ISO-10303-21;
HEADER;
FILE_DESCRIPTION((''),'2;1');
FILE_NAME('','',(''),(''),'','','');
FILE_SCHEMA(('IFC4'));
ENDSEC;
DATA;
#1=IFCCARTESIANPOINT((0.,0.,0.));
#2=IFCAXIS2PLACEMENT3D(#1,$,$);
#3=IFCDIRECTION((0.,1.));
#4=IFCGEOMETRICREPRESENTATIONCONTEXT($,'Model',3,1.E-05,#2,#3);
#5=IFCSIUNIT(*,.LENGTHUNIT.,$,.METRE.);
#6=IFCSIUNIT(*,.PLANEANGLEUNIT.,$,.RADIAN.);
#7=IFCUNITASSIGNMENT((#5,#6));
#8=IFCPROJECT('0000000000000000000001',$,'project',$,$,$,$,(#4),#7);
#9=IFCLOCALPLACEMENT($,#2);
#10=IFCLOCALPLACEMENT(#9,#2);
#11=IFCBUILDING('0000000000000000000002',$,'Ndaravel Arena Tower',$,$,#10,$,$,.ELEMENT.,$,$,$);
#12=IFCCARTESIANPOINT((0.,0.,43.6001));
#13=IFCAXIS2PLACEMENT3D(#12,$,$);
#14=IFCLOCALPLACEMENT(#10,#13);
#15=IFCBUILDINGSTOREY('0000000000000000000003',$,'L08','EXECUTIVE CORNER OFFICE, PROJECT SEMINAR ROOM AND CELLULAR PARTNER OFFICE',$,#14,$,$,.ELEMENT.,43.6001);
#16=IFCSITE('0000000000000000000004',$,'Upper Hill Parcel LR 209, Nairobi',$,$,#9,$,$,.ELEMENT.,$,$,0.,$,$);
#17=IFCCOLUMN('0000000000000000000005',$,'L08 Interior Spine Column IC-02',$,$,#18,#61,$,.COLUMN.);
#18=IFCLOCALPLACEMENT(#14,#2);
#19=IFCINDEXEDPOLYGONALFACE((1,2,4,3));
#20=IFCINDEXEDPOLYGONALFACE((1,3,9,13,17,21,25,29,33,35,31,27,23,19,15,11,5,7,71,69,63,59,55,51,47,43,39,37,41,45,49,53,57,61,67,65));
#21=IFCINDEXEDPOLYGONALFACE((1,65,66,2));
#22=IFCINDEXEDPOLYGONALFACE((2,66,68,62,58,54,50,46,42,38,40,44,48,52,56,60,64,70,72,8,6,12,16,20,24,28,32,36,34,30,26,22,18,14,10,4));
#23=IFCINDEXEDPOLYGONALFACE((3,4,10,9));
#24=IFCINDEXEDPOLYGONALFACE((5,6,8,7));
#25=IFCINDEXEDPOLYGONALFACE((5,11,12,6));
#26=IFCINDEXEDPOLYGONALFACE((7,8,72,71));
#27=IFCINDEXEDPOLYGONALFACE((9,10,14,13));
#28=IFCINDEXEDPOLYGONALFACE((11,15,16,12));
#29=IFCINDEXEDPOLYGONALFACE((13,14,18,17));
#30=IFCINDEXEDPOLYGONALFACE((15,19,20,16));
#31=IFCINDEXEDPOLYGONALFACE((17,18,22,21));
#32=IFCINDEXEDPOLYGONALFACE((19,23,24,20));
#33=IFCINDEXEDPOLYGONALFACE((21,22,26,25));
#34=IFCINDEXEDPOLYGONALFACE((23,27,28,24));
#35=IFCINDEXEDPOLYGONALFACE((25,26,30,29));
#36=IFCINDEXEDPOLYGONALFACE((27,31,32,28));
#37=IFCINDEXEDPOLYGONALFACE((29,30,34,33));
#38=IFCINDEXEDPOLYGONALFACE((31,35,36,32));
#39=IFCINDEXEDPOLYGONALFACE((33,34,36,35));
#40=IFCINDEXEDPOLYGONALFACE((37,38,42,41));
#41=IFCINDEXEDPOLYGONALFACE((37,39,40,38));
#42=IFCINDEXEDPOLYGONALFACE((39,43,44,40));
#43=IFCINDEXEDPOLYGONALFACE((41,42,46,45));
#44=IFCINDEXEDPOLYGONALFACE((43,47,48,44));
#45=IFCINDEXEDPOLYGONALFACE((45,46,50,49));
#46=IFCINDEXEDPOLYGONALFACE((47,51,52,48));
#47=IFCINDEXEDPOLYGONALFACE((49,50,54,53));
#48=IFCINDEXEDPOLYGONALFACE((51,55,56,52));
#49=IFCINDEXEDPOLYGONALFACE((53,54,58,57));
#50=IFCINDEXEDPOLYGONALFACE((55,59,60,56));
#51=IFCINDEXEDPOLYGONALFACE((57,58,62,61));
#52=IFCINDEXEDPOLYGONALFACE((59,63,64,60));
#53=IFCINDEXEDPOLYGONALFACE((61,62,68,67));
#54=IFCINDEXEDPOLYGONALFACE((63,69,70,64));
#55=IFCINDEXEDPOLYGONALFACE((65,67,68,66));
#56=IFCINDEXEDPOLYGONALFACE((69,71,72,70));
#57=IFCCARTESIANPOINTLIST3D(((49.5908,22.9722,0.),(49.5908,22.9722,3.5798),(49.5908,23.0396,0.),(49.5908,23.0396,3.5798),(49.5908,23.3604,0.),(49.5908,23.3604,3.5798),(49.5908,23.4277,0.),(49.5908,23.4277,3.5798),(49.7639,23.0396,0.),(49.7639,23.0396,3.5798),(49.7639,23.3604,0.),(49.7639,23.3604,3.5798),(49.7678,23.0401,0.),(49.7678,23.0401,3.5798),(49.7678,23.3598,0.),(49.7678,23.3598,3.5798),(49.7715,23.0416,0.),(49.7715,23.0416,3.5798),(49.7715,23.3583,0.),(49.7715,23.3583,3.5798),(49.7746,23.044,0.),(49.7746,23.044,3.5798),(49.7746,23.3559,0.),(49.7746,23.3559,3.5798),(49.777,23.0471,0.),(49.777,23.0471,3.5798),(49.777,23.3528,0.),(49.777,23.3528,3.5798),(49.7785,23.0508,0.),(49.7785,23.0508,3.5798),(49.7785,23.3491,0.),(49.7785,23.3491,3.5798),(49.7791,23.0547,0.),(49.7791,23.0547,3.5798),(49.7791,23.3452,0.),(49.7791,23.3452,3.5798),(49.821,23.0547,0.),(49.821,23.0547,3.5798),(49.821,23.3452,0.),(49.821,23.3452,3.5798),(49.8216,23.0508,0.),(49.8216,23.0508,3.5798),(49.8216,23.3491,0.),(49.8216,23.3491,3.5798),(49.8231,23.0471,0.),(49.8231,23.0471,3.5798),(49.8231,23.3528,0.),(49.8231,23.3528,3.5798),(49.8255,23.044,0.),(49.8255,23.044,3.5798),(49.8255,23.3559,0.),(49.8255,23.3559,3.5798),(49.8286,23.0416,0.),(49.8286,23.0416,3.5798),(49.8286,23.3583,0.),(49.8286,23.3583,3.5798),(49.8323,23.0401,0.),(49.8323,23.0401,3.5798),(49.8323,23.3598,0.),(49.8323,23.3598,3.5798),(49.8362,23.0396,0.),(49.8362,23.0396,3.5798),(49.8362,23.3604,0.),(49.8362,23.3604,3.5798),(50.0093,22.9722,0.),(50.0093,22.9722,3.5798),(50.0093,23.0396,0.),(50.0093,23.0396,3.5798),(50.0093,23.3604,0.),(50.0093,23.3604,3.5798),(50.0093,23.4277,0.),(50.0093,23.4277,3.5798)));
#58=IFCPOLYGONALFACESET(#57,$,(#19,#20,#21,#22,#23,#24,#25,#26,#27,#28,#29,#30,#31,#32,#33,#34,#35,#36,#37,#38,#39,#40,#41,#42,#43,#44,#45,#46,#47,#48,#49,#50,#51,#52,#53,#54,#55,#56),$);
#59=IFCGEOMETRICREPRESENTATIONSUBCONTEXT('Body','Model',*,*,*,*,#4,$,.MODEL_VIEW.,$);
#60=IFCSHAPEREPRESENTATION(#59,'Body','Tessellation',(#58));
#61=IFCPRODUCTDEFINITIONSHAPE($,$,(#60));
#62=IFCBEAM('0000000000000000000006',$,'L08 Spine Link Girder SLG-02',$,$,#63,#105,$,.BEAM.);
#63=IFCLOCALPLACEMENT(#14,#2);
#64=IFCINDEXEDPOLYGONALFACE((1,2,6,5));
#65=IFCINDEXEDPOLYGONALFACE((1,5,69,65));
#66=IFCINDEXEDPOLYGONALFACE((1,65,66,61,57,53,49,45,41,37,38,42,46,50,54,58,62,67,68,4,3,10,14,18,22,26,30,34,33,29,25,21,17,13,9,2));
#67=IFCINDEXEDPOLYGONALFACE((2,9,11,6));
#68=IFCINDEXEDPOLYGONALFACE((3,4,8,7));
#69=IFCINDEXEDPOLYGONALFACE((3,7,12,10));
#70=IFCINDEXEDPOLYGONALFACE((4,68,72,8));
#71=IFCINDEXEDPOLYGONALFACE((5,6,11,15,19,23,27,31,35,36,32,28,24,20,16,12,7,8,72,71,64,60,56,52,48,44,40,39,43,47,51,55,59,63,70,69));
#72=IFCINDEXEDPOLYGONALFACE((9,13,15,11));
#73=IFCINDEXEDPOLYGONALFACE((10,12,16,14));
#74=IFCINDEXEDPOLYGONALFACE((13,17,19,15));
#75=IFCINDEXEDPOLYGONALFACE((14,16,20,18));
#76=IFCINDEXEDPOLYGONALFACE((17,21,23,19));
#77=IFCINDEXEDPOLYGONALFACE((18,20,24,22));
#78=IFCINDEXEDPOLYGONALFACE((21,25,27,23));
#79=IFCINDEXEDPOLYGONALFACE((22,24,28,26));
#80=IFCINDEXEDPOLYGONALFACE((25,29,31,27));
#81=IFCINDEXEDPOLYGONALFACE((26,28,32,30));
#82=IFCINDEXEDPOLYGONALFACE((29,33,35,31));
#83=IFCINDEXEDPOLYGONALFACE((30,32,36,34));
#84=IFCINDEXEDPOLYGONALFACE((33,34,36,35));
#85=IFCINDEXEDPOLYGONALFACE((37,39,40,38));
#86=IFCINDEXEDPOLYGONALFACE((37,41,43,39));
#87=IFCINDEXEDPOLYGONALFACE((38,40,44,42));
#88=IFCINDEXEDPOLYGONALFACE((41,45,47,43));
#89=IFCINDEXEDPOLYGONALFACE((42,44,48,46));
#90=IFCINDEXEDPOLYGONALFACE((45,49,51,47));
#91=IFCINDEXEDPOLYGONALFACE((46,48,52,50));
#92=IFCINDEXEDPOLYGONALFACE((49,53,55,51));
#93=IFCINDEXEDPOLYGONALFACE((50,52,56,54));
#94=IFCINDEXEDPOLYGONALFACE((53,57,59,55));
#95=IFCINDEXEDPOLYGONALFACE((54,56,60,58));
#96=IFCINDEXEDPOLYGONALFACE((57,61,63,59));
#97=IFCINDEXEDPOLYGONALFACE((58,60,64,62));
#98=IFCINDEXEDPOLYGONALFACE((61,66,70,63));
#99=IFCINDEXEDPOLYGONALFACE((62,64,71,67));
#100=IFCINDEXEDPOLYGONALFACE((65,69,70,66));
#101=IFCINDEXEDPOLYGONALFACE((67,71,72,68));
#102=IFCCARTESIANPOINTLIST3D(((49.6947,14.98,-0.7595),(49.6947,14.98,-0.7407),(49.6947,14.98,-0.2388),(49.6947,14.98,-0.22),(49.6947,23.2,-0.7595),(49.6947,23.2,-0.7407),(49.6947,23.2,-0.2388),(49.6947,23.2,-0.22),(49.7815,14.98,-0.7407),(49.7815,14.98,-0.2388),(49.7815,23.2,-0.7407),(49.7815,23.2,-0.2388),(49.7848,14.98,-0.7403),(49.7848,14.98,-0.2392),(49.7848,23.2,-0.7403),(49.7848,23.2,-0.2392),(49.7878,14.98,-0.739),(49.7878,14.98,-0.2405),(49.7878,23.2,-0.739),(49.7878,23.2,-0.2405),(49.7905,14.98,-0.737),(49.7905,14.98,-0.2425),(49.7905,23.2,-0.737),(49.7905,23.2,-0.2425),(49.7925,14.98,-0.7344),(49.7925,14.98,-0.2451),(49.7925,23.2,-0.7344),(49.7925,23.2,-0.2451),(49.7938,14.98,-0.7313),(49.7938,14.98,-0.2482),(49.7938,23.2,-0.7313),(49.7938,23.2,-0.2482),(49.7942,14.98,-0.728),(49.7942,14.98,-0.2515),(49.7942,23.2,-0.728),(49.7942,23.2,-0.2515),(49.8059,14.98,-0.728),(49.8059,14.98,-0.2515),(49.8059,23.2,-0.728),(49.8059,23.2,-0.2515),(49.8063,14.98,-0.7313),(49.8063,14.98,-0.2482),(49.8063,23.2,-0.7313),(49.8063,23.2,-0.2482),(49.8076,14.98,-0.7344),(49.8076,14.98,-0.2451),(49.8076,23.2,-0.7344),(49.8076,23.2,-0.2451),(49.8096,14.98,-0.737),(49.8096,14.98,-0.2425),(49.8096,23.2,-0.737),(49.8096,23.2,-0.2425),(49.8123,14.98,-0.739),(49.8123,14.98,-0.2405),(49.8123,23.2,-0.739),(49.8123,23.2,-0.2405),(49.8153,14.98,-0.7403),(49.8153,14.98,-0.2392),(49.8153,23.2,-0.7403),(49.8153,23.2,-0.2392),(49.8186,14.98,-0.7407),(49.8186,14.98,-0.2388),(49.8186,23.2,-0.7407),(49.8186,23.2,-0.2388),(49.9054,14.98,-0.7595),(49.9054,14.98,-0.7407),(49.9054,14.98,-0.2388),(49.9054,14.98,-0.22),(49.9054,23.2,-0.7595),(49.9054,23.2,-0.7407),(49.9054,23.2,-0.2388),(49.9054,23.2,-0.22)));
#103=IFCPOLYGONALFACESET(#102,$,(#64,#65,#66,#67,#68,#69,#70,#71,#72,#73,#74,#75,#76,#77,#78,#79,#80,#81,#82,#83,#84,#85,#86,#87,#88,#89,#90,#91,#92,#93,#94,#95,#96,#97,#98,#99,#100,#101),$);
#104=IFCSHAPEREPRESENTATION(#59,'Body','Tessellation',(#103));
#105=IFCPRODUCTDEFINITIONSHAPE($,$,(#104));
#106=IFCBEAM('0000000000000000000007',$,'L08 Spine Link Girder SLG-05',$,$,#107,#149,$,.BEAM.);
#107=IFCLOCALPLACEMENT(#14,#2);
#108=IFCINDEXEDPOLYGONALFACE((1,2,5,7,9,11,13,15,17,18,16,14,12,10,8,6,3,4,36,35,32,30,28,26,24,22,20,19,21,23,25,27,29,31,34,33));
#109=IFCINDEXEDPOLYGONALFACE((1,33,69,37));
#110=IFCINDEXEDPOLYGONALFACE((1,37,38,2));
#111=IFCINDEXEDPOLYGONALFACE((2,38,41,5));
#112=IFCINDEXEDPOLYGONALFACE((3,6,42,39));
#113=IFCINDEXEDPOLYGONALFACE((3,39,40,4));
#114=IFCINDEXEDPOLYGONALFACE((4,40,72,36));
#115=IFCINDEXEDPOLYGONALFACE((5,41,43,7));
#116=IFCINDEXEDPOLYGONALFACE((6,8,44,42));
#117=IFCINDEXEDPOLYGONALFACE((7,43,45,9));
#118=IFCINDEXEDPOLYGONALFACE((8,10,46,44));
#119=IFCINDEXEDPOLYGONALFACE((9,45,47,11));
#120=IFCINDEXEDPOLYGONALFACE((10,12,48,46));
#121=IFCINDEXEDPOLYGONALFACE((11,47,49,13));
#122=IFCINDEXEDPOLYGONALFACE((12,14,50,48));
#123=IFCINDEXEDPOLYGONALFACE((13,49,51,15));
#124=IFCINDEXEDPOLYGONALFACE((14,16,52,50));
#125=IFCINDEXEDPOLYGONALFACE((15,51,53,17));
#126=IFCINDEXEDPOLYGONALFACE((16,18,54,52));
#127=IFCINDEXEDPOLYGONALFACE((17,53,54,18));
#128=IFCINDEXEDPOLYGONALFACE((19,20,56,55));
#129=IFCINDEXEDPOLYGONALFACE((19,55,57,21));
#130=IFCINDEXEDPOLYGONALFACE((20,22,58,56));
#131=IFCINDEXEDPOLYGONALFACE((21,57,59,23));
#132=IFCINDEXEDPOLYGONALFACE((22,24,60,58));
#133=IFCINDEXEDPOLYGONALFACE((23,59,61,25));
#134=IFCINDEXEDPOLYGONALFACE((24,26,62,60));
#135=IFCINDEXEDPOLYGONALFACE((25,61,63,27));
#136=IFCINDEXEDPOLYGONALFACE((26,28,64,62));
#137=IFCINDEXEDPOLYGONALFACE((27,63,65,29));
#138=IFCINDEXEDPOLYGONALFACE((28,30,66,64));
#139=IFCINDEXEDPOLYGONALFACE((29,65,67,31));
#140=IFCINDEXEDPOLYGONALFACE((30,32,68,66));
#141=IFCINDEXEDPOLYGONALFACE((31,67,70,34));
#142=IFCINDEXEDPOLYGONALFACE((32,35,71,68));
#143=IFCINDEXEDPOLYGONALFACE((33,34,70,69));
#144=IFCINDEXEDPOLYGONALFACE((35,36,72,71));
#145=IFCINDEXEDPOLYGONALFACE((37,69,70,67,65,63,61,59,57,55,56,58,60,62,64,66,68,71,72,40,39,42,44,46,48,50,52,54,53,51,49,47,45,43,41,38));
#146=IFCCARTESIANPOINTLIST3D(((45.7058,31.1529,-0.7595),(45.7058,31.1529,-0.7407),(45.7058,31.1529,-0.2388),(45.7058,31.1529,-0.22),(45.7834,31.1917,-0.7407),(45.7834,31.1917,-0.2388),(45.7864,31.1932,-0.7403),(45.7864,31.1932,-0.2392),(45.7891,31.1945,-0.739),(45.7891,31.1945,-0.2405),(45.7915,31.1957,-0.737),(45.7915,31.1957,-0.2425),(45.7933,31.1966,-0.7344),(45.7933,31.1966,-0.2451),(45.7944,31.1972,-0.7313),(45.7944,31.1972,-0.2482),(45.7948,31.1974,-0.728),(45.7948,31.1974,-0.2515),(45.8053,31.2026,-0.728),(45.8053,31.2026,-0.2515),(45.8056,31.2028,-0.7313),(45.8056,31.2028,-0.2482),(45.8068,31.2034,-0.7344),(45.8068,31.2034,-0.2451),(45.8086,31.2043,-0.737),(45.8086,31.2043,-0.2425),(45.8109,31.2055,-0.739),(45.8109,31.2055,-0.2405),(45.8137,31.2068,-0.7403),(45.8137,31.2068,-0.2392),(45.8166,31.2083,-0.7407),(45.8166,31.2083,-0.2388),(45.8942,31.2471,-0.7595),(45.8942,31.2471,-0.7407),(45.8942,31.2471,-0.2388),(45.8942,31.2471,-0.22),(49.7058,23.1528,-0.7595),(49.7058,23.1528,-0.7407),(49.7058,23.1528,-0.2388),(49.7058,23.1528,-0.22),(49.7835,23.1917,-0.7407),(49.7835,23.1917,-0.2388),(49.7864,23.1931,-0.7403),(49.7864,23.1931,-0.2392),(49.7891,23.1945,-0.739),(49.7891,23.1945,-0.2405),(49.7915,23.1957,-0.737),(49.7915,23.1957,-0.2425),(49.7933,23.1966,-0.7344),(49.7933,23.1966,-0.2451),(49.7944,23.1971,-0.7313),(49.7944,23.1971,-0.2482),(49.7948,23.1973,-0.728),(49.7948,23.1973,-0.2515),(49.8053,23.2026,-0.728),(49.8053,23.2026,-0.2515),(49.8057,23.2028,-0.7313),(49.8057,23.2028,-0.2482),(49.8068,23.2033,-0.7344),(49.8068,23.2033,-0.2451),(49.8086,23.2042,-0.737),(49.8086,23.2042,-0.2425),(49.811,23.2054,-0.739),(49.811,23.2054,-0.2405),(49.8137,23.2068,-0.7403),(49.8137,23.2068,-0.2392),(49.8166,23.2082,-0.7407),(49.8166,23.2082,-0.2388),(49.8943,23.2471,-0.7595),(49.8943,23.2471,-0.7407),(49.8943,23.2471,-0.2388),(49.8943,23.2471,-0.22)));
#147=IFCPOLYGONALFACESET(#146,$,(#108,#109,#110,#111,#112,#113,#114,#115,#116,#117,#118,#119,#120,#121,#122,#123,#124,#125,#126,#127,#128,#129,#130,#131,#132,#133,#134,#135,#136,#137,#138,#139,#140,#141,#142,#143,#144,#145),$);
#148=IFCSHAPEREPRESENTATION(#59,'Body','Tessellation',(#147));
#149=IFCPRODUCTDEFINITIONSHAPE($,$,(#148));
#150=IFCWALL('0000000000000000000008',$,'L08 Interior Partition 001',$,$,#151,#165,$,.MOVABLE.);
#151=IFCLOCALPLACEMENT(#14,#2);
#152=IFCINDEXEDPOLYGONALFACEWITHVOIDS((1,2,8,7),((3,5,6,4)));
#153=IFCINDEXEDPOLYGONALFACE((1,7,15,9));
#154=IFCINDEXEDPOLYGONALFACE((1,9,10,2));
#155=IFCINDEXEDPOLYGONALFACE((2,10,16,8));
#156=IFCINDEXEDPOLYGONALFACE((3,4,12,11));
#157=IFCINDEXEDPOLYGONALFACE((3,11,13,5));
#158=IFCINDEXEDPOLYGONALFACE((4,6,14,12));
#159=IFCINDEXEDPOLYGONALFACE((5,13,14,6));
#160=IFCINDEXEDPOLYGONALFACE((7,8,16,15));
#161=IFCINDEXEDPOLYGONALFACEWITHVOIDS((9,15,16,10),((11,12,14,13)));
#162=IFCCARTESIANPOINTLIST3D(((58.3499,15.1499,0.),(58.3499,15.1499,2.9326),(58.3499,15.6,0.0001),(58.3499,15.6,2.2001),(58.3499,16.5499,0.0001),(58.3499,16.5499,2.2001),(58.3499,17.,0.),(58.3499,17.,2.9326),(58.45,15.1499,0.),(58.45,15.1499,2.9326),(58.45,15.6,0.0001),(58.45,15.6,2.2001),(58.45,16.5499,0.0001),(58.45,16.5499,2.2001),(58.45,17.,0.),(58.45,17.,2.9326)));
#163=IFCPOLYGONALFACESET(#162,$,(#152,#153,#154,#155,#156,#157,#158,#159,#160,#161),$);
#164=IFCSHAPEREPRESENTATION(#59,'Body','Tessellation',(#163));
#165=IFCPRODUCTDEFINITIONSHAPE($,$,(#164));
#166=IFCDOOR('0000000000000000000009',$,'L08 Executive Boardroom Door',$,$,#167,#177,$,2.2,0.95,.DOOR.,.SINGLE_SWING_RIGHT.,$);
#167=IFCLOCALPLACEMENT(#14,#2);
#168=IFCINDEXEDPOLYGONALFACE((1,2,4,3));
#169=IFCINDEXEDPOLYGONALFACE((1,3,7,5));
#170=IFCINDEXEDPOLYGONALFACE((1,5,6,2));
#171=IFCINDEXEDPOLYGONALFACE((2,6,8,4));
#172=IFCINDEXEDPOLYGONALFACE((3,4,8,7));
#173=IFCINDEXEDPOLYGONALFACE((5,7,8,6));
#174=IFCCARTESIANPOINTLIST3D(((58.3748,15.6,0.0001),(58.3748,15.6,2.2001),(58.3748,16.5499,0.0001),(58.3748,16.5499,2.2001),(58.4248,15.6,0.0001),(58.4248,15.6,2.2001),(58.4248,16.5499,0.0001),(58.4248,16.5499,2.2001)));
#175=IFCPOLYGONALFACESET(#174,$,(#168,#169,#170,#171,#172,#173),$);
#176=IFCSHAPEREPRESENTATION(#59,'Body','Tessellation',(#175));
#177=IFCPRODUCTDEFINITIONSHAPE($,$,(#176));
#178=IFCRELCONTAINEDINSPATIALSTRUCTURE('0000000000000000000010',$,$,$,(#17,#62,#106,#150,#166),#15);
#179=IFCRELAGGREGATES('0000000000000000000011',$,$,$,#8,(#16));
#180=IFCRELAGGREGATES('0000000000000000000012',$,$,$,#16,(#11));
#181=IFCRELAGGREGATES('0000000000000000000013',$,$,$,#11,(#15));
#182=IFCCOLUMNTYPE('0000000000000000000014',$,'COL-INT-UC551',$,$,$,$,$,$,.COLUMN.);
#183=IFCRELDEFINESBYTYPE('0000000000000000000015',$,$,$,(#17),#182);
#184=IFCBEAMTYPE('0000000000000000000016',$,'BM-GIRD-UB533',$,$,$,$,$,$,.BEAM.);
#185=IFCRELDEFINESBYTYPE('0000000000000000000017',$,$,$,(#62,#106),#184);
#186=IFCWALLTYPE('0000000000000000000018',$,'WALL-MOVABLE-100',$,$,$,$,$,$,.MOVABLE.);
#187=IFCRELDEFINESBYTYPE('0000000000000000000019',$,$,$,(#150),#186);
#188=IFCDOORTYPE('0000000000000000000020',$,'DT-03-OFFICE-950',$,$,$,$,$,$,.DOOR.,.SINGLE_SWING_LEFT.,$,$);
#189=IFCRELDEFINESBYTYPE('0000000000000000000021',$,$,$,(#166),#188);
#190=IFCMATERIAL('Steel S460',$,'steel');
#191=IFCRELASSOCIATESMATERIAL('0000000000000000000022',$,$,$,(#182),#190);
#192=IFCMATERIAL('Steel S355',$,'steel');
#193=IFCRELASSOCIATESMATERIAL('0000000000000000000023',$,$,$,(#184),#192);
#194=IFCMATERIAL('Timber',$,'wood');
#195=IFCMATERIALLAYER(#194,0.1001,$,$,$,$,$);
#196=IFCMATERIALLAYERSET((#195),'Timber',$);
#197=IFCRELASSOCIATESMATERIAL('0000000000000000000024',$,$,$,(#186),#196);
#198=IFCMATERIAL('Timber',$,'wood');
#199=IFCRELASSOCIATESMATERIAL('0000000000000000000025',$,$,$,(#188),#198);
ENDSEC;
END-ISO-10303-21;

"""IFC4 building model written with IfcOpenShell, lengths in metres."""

from ifc_helpers import new_model, si_unit, direction, frame, frame_2d, origin, origin_2d, place, context, subcontext, project, spatial, rectangle, i_section, extrude, material, layer, layer_set, material_profile, profile_set, type_object, element, fill, save


model = new_model("IFC4")

# Units and contexts
model_context = context("Model", 3, precision=1e-05, world=origin(), true_north=direction((0.0, 1.0)))
body_context = subcontext(model_context, "Body", "Model", "MODEL_VIEW")
ifc_project = project(units=[si_unit("LENGTHUNIT", "METRE"), si_unit("PLANEANGLEUNIT", "RADIAN")], contexts=[model_context])

# Site, building, storey
site_placement = place(None, origin())
site = spatial("IfcSite", under=ifc_project, at=site_placement, Name="Upper Hill Parcel LR 209, Nairobi", CompositionType="ELEMENT", RefElevation=0.0)
building_placement = place(site_placement, origin())
building = spatial("IfcBuilding", under=site, at=building_placement, Name="Ndaravel Arena Tower", CompositionType="ELEMENT")
storey_placement = place(building_placement, frame((0.0, 0.0, 43.6001)))
storey = spatial("IfcBuildingStorey", under=building, at=storey_placement, Name="L08", Description="EXECUTIVE CORNER OFFICE, PROJECT SEMINAR ROOM AND CELLULAR PARTNER OFFICE", CompositionType="ELEMENT", Elevation=43.6001)

# Column
ifc_material_1 = material(Name="Steel S460", Category="steel")
ifc_material_profile_1 = material_profile(ifc_material_1, i_section(OverallWidth=0.4185, OverallDepth=0.4556, WebThickness=0.042, FlangeThickness=0.0674, FilletRadius=0.0151, at=origin_2d()), Name="UC 356x406x551")
ifc_profile_set_1 = profile_set([ifc_material_profile_1], Name="Steel S460")
column_type = type_object("IfcColumnType", Name="COL-INT-UC551", PredefinedType="COLUMN", material=ifc_profile_set_1)
column_placement = place(storey_placement, frame((49.8, 23.2, 0.0), z_axis=(0.0, 0.0, 1.0), x_axis=(1.0, 0.0, 0.0)))
element("IfcColumn", 1, at=column_placement, inside=storey, type_object=column_type, Name="L08 Interior Spine Column IC-02", PredefinedType="COLUMN", context=body_context, shape_type="SweptSolid", body=[
    extrude(i_section(OverallWidth=0.4185, OverallDepth=0.4556, WebThickness=0.042, FlangeThickness=0.0674, FilletRadius=0.0151, at=origin_2d()), origin(), (0.0, 0.0, 1.0), 3.5798),
])

# Beams
ifc_material_2 = material(Name="Steel S355", Category="steel")
ifc_material_profile_2 = material_profile(ifc_material_2, i_section(OverallWidth=0.2107, OverallDepth=0.5396, WebThickness=0.0117, FlangeThickness=0.0188, FilletRadius=0.0127, at=origin_2d()), Name="UB 533x210x109")
ifc_profile_set_2 = profile_set([ifc_material_profile_2], Name="Steel S355")
beam_type = type_object("IfcBeamType", Name="BM-GIRD-UB533", PredefinedType="BEAM", material=ifc_profile_set_2)
beam_1_placement = place(storey_placement, frame((49.8, 14.98, -0.4897), z_axis=(0.0, 1.0, 0.0), x_axis=(-1.0, 0.0, 0.0)))
element("IfcBeam", 2, at=beam_1_placement, inside=storey, type_object=beam_type, Name="L08 Spine Link Girder SLG-02", PredefinedType="BEAM", context=body_context, shape_type="SweptSolid", body=[
    extrude(i_section(OverallWidth=0.2107, OverallDepth=0.5396, WebThickness=0.0117, FlangeThickness=0.0188, FilletRadius=0.0127, at=origin_2d()), origin(), (0.0, 0.0, 1.0), 8.22),
])
beam_2_placement = place(storey_placement, frame((49.8, 23.2, -0.4897), z_axis=(-0.447214, 0.894427, 0.0), x_axis=(-0.894427, -0.447214, 0.0)))
element("IfcBeam", 3, at=beam_2_placement, inside=storey, type_object=beam_type, Name="L08 Spine Link Girder SLG-05", PredefinedType="BEAM", context=body_context, shape_type="SweptSolid", body=[
    extrude(i_section(OverallWidth=0.2107, OverallDepth=0.5396, WebThickness=0.0117, FlangeThickness=0.0188, FilletRadius=0.0127, at=origin_2d()), origin(), (0.0, 0.0, 1.0), 8.9443),
])

# Wall, opening, door
ifc_material_3 = material(Name="Timber", Category="wood")
ifc_layer_1 = layer(ifc_material_3, 0.1001)
ifc_layer_set_1 = layer_set([ifc_layer_1], Name="Timber")
wall_type_1 = type_object("IfcWallType", Name="WALL-MOVABLE-100", PredefinedType="MOVABLE", material=ifc_layer_set_1)
wall_1_placement = place(storey_placement, frame((58.3999, 17.0, 0.0), z_axis=(0.0, 0.0, 1.0), x_axis=(0.0, -1.0, 0.0)))
wall_1 = element("IfcWall", 4, at=wall_1_placement, inside=storey, type_object=wall_type_1, Name="L08 Interior Partition 001", PredefinedType="MOVABLE", context=body_context, shape_type="SweptSolid", body=[
    extrude(rectangle(XDim=1.8501, YDim=0.1001, at=frame_2d((0.925, 0.0))), origin(), (0.0, 0.0, 1.0), 2.9326),
])
opening_1_placement = place(wall_1_placement, frame((0.45, 0.0, 0.0)))
opening_1 = element("IfcOpeningElement", 5, at=opening_1_placement, cuts=wall_1, PredefinedType="OPENING", context=body_context, shape_type="SweptSolid", body=[
    extrude(rectangle(XDim=0.95, YDim=2.2, at=frame_2d((0.4751, 1.1001))), frame((0.0, 0.05, 0.0), z_axis=(0.0, -1.0, 0.0), x_axis=(1.0, 0.0, 0.0)), (0.0, 0.0, 1.0), 0.1001),
])
ifc_material_4 = material(Name="Timber", Category="wood")
door_type_1 = type_object("IfcDoorType", Name="DT-03-OFFICE-950", OperationType="SINGLE_SWING_LEFT", PredefinedType="DOOR", material=ifc_material_4)
door_1_placement = place(opening_1_placement, origin())
door_1 = element("IfcDoor", 6, at=door_1_placement, inside=storey, type_object=door_type_1, Name="L08 Executive Boardroom Door", OperationType="SINGLE_SWING_RIGHT", OverallHeight=2.2, OverallWidth=0.95, PredefinedType="DOOR", context=body_context, shape_type="SweptSolid", body=[
    extrude(rectangle(XDim=0.95, YDim=2.2, at=frame_2d((0.4751, 1.1001))), frame((0.0, 0.0249, 0.0), z_axis=(0.0, -1.0, 0.0), x_axis=(1.0, 0.0, 0.0)), (0.0, 0.0, 1.0), 0.05),
])
fill(opening_1, door_1)

save(model, "model.ifc")
